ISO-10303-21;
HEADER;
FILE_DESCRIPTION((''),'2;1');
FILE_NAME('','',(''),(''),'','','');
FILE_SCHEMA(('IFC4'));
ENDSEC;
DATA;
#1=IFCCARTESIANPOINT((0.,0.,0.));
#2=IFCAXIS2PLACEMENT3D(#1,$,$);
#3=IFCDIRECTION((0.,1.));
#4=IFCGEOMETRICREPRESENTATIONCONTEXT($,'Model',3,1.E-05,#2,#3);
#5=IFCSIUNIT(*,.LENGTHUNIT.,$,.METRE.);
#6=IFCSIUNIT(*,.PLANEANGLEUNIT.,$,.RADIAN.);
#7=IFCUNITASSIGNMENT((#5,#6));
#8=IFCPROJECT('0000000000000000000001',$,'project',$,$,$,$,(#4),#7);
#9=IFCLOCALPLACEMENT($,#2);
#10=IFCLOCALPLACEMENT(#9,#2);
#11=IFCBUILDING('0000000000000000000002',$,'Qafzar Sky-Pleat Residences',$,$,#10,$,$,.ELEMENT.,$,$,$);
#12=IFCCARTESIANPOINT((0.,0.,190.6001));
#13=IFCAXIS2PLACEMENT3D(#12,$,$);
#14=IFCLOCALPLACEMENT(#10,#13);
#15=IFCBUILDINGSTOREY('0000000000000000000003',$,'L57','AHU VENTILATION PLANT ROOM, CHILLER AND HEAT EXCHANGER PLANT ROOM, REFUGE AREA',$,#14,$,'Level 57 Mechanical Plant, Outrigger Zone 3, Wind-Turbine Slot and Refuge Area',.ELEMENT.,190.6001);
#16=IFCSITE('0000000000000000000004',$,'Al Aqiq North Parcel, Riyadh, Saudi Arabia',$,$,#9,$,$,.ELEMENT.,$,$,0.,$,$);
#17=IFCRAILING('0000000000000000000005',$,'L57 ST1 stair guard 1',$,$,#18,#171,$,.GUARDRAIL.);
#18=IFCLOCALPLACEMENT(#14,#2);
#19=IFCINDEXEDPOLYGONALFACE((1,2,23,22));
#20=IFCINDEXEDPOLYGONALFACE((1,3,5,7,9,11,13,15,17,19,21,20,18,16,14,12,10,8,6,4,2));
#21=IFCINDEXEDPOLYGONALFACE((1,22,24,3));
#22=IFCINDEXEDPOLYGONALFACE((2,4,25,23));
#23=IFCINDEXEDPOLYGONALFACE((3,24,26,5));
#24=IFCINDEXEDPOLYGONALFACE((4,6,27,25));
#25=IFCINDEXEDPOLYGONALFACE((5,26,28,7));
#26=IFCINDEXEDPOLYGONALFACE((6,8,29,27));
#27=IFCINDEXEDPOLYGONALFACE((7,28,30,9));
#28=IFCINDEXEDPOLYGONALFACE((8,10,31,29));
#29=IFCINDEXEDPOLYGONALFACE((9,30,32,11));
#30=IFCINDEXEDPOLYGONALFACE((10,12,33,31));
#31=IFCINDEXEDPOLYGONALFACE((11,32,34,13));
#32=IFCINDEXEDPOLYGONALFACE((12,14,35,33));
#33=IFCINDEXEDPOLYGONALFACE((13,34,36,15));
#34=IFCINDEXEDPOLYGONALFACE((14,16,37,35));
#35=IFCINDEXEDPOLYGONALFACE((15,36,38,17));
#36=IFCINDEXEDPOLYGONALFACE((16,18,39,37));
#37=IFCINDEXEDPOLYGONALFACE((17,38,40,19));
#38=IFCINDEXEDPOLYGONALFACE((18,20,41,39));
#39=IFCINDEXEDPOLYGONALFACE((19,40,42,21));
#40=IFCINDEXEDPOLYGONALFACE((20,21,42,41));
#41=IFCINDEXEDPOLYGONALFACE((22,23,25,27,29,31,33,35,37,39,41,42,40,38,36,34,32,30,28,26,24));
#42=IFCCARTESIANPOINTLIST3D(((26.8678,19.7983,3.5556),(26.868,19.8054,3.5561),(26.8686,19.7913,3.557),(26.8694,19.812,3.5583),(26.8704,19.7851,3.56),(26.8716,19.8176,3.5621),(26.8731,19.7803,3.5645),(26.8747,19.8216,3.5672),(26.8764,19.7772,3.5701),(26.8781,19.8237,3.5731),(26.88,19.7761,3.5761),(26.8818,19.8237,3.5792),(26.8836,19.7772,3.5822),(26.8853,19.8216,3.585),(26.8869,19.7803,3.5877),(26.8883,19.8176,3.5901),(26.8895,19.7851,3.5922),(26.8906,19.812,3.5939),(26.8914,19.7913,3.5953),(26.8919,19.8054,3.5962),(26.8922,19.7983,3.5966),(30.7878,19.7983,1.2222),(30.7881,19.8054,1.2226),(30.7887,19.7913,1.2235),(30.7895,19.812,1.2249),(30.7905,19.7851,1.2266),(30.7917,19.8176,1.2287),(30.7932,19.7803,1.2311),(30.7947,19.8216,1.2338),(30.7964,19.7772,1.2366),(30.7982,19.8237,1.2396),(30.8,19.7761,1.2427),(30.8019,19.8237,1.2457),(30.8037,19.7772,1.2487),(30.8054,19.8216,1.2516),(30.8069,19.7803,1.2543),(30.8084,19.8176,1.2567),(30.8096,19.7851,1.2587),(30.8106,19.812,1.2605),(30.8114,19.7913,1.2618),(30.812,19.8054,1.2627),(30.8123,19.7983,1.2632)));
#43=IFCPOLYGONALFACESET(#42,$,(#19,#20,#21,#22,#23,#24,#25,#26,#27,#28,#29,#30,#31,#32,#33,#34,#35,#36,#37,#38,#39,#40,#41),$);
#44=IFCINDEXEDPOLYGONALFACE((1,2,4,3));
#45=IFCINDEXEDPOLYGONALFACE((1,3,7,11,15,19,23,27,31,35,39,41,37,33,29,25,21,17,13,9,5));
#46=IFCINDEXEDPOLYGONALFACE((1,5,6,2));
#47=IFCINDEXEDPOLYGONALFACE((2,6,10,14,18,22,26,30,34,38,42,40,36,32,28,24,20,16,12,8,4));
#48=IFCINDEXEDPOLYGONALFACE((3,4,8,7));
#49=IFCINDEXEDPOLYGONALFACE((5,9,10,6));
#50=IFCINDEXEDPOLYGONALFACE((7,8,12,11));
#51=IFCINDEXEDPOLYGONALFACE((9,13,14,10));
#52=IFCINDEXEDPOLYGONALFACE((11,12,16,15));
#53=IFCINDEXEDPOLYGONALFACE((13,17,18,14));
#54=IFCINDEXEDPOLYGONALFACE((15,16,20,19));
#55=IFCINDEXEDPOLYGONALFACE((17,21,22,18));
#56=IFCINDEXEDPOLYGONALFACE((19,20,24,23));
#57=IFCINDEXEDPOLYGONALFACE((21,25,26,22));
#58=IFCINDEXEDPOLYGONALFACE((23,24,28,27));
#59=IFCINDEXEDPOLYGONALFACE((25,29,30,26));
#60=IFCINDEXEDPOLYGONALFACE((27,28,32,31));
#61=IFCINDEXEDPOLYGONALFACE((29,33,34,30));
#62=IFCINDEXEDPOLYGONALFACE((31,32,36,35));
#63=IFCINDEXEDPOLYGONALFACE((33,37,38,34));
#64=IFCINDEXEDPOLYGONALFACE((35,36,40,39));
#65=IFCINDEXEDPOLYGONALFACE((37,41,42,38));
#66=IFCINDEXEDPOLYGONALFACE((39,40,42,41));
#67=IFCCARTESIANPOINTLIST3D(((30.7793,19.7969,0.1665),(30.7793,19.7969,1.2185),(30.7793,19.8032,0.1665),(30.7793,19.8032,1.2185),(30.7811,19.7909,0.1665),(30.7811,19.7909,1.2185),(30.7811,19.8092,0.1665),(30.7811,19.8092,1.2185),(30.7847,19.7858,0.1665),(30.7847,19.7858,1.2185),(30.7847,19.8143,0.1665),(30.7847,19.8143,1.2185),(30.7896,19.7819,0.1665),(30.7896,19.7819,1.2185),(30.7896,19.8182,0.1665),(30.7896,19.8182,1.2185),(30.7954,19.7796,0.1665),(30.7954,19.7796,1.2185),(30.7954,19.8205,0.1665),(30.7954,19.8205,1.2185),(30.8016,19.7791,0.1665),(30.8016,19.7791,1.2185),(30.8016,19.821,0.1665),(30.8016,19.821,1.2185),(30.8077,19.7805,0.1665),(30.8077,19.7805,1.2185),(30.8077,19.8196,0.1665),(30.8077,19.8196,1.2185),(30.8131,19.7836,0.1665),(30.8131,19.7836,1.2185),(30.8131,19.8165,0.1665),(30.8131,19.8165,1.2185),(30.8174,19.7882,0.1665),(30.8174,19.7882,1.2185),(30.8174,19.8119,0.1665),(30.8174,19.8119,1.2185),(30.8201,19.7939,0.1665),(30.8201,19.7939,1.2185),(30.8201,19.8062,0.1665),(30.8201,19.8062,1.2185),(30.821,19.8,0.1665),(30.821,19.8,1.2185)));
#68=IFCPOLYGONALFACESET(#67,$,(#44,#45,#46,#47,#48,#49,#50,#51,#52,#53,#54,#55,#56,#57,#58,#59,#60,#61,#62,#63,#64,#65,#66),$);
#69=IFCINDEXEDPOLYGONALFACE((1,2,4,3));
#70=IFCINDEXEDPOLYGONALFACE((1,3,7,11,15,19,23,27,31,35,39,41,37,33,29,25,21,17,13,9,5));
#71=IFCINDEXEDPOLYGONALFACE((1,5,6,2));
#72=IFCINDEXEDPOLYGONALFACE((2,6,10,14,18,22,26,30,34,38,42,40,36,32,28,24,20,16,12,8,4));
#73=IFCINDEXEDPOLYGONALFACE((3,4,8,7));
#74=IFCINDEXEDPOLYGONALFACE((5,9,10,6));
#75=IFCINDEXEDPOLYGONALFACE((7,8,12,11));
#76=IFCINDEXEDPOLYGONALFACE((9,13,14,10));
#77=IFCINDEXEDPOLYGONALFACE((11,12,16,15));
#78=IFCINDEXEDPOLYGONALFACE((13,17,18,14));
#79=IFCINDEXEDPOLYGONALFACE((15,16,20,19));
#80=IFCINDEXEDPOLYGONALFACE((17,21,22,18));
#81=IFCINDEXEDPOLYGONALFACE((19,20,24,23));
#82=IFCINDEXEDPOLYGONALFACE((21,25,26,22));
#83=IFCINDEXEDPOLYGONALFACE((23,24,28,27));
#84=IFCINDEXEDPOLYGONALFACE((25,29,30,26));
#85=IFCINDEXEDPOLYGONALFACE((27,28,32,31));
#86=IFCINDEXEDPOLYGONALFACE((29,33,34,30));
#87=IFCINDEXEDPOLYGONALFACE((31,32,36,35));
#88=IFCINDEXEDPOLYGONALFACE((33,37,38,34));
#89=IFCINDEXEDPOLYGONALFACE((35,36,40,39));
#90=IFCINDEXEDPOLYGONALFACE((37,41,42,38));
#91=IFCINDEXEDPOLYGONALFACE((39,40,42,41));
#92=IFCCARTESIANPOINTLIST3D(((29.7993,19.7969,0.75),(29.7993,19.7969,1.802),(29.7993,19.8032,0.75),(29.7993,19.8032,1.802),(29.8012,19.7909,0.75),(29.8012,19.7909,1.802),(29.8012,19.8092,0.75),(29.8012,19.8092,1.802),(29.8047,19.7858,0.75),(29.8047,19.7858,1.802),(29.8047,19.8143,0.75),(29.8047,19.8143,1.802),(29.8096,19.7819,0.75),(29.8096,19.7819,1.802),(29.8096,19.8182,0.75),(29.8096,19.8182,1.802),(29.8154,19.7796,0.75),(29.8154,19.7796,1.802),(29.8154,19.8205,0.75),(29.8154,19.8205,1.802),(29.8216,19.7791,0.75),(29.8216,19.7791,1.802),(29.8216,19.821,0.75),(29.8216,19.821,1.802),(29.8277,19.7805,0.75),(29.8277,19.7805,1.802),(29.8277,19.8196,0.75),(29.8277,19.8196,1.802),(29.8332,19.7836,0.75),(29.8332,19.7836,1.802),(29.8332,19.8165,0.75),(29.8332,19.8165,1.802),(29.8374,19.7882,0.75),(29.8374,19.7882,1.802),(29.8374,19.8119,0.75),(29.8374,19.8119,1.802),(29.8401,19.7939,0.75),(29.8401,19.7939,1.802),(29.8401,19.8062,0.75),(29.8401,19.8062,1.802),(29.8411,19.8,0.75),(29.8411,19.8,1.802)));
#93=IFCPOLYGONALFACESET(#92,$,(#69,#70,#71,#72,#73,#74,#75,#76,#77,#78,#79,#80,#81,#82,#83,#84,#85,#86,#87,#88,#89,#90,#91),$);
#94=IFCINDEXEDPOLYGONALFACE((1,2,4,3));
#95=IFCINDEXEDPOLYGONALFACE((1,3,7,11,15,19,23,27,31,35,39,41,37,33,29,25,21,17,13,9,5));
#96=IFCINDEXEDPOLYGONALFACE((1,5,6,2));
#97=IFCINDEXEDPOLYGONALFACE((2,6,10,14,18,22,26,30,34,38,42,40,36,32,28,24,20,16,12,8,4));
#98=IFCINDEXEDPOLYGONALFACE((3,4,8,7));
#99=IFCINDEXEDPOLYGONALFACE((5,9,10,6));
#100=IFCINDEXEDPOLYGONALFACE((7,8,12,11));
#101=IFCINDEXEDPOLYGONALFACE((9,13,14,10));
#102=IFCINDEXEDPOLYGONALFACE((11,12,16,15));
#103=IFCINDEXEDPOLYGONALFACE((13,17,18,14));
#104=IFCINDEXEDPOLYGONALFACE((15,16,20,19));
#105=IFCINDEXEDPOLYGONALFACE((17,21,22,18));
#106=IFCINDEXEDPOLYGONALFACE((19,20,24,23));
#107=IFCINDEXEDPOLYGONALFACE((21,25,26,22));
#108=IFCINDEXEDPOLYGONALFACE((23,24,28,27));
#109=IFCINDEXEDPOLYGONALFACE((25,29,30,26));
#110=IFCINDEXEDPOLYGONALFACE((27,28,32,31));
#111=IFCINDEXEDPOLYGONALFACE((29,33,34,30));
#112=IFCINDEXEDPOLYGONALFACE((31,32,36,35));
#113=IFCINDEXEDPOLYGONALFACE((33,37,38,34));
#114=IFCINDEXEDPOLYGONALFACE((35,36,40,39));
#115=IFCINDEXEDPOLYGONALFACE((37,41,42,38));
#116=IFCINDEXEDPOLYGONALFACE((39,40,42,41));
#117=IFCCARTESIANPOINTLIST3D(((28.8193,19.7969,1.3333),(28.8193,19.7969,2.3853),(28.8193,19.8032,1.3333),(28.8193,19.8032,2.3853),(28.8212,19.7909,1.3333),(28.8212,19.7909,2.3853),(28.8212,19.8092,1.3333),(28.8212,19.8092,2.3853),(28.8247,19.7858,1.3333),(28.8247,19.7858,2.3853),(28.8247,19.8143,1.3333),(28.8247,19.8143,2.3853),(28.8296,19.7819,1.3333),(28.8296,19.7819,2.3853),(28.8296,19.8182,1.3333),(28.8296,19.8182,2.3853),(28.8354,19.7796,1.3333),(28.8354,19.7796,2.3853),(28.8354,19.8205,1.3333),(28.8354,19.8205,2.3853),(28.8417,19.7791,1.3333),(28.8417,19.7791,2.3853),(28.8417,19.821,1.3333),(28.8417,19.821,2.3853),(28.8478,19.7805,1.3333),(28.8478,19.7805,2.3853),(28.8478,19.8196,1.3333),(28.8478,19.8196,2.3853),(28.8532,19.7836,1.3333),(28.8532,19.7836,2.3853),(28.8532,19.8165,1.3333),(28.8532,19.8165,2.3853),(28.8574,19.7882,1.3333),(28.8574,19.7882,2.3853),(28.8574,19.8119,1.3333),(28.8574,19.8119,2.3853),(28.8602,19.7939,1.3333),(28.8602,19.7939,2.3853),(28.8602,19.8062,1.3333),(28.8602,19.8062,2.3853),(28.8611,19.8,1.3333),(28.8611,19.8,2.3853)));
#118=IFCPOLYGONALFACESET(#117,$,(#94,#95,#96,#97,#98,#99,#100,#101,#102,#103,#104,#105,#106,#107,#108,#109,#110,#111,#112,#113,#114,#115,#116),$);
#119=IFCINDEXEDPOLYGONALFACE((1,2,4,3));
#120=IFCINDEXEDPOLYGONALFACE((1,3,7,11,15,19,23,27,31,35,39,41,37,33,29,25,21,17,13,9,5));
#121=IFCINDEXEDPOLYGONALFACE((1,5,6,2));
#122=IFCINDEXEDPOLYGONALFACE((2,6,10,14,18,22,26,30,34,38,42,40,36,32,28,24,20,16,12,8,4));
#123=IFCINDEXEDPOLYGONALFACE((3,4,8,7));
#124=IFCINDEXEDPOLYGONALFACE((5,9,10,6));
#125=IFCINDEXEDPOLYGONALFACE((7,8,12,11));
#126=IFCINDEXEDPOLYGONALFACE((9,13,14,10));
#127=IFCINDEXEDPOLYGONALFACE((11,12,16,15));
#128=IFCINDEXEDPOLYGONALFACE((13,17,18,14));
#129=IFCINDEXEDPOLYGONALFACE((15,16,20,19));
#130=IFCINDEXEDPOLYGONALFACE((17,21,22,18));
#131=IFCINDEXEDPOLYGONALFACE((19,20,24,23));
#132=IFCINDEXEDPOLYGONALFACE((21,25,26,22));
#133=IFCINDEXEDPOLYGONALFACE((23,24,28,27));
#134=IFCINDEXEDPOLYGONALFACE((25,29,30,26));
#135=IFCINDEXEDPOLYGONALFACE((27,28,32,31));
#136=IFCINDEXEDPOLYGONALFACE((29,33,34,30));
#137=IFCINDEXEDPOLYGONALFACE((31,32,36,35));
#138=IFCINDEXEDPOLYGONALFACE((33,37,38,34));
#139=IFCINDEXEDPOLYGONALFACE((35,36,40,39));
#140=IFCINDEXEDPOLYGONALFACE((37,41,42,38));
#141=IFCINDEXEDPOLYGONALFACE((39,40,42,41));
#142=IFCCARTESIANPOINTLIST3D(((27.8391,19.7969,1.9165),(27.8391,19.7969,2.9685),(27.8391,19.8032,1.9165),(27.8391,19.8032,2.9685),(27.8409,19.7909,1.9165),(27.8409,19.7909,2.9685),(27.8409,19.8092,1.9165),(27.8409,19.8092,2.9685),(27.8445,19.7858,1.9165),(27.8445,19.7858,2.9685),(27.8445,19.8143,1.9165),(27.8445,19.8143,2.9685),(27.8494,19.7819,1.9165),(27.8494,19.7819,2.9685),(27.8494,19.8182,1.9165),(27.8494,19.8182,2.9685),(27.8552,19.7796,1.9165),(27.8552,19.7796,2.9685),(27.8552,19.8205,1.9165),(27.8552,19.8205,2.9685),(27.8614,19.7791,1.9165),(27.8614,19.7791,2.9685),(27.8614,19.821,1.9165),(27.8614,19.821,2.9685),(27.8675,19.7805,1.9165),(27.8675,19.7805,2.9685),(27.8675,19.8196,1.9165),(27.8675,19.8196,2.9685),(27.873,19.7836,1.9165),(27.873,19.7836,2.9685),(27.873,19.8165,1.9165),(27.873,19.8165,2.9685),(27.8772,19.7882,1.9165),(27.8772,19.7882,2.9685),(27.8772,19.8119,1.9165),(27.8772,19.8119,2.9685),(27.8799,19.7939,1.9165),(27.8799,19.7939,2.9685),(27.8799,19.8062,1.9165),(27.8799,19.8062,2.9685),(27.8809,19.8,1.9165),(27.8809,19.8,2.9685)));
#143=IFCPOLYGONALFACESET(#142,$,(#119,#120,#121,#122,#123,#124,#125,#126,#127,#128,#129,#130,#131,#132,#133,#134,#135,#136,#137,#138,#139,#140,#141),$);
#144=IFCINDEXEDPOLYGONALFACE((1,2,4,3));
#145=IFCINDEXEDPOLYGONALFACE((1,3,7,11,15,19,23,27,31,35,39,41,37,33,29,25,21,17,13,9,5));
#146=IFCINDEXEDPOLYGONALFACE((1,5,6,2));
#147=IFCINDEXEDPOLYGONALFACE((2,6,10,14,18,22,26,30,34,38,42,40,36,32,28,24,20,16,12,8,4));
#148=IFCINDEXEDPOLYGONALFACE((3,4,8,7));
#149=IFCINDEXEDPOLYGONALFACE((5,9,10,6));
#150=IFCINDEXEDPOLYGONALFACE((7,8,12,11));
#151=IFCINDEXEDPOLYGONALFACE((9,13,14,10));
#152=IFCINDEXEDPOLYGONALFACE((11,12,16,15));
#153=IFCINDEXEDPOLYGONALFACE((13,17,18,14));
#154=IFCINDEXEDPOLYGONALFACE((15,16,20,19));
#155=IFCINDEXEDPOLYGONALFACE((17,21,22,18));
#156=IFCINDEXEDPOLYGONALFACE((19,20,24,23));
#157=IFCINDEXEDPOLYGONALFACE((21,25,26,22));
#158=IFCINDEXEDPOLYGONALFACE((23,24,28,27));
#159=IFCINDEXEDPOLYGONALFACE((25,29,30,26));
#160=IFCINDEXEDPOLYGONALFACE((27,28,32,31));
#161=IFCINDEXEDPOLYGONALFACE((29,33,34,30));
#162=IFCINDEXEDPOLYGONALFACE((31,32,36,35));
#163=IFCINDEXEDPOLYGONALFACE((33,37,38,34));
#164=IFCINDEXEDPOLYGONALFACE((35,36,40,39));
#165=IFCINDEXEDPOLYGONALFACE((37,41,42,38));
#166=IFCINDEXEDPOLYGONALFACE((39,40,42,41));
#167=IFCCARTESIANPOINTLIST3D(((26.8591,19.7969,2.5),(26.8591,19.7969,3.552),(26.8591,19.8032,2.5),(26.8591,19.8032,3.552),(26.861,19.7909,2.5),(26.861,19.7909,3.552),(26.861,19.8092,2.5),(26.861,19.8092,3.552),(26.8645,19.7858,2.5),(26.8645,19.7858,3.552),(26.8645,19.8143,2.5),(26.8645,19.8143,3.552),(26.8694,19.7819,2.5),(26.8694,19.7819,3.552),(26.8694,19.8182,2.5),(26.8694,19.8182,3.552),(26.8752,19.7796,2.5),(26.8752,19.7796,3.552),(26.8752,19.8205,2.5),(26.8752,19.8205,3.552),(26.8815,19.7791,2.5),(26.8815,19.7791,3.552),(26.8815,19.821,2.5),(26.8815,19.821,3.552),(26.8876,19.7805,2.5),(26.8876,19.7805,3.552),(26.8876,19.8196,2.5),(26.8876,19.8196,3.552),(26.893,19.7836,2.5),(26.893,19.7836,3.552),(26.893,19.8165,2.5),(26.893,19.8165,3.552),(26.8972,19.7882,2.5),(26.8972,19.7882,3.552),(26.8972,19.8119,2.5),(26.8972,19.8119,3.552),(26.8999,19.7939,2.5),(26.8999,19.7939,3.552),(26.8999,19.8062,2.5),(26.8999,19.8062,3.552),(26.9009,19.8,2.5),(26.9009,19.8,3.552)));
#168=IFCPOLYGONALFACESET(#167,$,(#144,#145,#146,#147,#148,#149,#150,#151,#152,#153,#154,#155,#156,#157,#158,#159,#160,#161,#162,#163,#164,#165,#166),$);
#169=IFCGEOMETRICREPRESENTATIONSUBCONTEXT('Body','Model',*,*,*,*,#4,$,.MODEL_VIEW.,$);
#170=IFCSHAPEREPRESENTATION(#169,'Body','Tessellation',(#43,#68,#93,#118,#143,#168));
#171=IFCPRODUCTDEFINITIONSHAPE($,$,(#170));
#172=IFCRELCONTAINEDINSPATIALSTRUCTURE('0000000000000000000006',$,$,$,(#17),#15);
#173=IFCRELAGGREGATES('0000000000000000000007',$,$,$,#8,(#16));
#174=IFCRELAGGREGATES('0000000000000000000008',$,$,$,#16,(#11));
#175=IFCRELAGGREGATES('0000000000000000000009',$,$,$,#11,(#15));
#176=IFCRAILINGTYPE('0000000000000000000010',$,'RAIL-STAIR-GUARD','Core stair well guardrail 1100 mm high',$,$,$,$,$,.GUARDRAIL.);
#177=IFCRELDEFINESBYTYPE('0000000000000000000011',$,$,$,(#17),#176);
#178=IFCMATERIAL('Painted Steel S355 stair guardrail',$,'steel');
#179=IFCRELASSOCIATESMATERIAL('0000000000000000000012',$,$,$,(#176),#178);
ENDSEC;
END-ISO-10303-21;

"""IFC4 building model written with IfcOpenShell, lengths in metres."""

from ifc_helpers import new_model, si_unit, direction, frame, origin, origin_2d, place, context, subcontext, project, spatial, circle, extrude, source, transform, mapped, material, type_object, element, save


model = new_model("IFC4")

# Units and contexts
model_context = context("Model", 3, precision=1e-05, world=origin(), true_north=direction((0.0, 1.0)))
body_context = subcontext(model_context, "Body", "Model", "MODEL_VIEW")
ifc_project = project(units=[si_unit("LENGTHUNIT", "METRE"), si_unit("PLANEANGLEUNIT", "RADIAN")], contexts=[model_context])

# Site, building, storey
site_placement = place(None, origin())
site = spatial("IfcSite", under=ifc_project, at=site_placement, Name="Al Aqiq North Parcel, Riyadh, Saudi Arabia", CompositionType="ELEMENT", RefElevation=0.0)
building_placement = place(site_placement, origin())
building = spatial("IfcBuilding", under=site, at=building_placement, Name="Qafzar Sky-Pleat Residences", CompositionType="ELEMENT")
storey_placement = place(building_placement, frame((0.0, 0.0, 190.6001)))
storey = spatial("IfcBuildingStorey", under=building, at=storey_placement, Name="L57", Description="AHU VENTILATION PLANT ROOM, CHILLER AND HEAT EXCHANGER PLANT ROOM, REFUGE AREA", LongName="Level 57 Mechanical Plant, Outrigger Zone 3, Wind-Turbine Slot and Refuge Area", CompositionType="ELEMENT", Elevation=190.6001)

# Railing
ifc_material_1 = material(Name="Painted Steel S355 stair guardrail", Category="steel")
railing_type_1 = type_object("IfcRailingType", Name="RAIL-STAIR-GUARD", Description="Core stair well guardrail 1100 mm high", PredefinedType="GUARDRAIL", material=ifc_material_1)
shared_shape_1 = source(origin(), body_context, "Body", "SweptSolid", [
    extrude(circle(Radius=0.0239, at=origin_2d()), frame((0.0, 0.0, 1.0762), z_axis=(-0.859287, 0.0, 0.511494), x_axis=(0.0, -1.0, 0.0)), (0.0, 0.0, 1.0), 4.562),
    extrude(circle(Radius=0.021, at=origin_2d()), origin(), (0.0, 0.0, 1.0), 1.052),
    extrude(circle(Radius=0.021, at=origin_2d()), frame((-0.98, 0.0, 0.5835)), (0.0, 0.0, 1.0), 1.052),
    extrude(circle(Radius=0.021, at=origin_2d()), frame((-1.96, 0.0, 1.1667)), (0.0, 0.0, 1.0), 1.052),
    extrude(circle(Radius=0.021, at=origin_2d()), frame((-2.9402, 0.0, 1.75)), (0.0, 0.0, 1.0), 1.052),
    extrude(circle(Radius=0.021, at=origin_2d()), frame((-3.9202, 0.0, 2.3335)), (0.0, 0.0, 1.0), 1.052),
])
railing_1_placement = place(storey_placement, frame((30.8, 19.8, 0.1665)))
element("IfcRailing", 1, at=railing_1_placement, inside=storey, type_object=railing_type_1, Name="L57 ST1 stair guard 1", PredefinedType="GUARDRAIL", context=body_context, shape_type="MappedRepresentation", body=[
    mapped(shared_shape_1, transform((0.0, 0.0, 0.0), x_axis=(1.0, 0.0, 0.0), y_axis=(0.0, 1.0, 0.0), z_axis=(0.0, 0.0, 1.0), scale=1.0)),
])

save(model, "model.ifc")
